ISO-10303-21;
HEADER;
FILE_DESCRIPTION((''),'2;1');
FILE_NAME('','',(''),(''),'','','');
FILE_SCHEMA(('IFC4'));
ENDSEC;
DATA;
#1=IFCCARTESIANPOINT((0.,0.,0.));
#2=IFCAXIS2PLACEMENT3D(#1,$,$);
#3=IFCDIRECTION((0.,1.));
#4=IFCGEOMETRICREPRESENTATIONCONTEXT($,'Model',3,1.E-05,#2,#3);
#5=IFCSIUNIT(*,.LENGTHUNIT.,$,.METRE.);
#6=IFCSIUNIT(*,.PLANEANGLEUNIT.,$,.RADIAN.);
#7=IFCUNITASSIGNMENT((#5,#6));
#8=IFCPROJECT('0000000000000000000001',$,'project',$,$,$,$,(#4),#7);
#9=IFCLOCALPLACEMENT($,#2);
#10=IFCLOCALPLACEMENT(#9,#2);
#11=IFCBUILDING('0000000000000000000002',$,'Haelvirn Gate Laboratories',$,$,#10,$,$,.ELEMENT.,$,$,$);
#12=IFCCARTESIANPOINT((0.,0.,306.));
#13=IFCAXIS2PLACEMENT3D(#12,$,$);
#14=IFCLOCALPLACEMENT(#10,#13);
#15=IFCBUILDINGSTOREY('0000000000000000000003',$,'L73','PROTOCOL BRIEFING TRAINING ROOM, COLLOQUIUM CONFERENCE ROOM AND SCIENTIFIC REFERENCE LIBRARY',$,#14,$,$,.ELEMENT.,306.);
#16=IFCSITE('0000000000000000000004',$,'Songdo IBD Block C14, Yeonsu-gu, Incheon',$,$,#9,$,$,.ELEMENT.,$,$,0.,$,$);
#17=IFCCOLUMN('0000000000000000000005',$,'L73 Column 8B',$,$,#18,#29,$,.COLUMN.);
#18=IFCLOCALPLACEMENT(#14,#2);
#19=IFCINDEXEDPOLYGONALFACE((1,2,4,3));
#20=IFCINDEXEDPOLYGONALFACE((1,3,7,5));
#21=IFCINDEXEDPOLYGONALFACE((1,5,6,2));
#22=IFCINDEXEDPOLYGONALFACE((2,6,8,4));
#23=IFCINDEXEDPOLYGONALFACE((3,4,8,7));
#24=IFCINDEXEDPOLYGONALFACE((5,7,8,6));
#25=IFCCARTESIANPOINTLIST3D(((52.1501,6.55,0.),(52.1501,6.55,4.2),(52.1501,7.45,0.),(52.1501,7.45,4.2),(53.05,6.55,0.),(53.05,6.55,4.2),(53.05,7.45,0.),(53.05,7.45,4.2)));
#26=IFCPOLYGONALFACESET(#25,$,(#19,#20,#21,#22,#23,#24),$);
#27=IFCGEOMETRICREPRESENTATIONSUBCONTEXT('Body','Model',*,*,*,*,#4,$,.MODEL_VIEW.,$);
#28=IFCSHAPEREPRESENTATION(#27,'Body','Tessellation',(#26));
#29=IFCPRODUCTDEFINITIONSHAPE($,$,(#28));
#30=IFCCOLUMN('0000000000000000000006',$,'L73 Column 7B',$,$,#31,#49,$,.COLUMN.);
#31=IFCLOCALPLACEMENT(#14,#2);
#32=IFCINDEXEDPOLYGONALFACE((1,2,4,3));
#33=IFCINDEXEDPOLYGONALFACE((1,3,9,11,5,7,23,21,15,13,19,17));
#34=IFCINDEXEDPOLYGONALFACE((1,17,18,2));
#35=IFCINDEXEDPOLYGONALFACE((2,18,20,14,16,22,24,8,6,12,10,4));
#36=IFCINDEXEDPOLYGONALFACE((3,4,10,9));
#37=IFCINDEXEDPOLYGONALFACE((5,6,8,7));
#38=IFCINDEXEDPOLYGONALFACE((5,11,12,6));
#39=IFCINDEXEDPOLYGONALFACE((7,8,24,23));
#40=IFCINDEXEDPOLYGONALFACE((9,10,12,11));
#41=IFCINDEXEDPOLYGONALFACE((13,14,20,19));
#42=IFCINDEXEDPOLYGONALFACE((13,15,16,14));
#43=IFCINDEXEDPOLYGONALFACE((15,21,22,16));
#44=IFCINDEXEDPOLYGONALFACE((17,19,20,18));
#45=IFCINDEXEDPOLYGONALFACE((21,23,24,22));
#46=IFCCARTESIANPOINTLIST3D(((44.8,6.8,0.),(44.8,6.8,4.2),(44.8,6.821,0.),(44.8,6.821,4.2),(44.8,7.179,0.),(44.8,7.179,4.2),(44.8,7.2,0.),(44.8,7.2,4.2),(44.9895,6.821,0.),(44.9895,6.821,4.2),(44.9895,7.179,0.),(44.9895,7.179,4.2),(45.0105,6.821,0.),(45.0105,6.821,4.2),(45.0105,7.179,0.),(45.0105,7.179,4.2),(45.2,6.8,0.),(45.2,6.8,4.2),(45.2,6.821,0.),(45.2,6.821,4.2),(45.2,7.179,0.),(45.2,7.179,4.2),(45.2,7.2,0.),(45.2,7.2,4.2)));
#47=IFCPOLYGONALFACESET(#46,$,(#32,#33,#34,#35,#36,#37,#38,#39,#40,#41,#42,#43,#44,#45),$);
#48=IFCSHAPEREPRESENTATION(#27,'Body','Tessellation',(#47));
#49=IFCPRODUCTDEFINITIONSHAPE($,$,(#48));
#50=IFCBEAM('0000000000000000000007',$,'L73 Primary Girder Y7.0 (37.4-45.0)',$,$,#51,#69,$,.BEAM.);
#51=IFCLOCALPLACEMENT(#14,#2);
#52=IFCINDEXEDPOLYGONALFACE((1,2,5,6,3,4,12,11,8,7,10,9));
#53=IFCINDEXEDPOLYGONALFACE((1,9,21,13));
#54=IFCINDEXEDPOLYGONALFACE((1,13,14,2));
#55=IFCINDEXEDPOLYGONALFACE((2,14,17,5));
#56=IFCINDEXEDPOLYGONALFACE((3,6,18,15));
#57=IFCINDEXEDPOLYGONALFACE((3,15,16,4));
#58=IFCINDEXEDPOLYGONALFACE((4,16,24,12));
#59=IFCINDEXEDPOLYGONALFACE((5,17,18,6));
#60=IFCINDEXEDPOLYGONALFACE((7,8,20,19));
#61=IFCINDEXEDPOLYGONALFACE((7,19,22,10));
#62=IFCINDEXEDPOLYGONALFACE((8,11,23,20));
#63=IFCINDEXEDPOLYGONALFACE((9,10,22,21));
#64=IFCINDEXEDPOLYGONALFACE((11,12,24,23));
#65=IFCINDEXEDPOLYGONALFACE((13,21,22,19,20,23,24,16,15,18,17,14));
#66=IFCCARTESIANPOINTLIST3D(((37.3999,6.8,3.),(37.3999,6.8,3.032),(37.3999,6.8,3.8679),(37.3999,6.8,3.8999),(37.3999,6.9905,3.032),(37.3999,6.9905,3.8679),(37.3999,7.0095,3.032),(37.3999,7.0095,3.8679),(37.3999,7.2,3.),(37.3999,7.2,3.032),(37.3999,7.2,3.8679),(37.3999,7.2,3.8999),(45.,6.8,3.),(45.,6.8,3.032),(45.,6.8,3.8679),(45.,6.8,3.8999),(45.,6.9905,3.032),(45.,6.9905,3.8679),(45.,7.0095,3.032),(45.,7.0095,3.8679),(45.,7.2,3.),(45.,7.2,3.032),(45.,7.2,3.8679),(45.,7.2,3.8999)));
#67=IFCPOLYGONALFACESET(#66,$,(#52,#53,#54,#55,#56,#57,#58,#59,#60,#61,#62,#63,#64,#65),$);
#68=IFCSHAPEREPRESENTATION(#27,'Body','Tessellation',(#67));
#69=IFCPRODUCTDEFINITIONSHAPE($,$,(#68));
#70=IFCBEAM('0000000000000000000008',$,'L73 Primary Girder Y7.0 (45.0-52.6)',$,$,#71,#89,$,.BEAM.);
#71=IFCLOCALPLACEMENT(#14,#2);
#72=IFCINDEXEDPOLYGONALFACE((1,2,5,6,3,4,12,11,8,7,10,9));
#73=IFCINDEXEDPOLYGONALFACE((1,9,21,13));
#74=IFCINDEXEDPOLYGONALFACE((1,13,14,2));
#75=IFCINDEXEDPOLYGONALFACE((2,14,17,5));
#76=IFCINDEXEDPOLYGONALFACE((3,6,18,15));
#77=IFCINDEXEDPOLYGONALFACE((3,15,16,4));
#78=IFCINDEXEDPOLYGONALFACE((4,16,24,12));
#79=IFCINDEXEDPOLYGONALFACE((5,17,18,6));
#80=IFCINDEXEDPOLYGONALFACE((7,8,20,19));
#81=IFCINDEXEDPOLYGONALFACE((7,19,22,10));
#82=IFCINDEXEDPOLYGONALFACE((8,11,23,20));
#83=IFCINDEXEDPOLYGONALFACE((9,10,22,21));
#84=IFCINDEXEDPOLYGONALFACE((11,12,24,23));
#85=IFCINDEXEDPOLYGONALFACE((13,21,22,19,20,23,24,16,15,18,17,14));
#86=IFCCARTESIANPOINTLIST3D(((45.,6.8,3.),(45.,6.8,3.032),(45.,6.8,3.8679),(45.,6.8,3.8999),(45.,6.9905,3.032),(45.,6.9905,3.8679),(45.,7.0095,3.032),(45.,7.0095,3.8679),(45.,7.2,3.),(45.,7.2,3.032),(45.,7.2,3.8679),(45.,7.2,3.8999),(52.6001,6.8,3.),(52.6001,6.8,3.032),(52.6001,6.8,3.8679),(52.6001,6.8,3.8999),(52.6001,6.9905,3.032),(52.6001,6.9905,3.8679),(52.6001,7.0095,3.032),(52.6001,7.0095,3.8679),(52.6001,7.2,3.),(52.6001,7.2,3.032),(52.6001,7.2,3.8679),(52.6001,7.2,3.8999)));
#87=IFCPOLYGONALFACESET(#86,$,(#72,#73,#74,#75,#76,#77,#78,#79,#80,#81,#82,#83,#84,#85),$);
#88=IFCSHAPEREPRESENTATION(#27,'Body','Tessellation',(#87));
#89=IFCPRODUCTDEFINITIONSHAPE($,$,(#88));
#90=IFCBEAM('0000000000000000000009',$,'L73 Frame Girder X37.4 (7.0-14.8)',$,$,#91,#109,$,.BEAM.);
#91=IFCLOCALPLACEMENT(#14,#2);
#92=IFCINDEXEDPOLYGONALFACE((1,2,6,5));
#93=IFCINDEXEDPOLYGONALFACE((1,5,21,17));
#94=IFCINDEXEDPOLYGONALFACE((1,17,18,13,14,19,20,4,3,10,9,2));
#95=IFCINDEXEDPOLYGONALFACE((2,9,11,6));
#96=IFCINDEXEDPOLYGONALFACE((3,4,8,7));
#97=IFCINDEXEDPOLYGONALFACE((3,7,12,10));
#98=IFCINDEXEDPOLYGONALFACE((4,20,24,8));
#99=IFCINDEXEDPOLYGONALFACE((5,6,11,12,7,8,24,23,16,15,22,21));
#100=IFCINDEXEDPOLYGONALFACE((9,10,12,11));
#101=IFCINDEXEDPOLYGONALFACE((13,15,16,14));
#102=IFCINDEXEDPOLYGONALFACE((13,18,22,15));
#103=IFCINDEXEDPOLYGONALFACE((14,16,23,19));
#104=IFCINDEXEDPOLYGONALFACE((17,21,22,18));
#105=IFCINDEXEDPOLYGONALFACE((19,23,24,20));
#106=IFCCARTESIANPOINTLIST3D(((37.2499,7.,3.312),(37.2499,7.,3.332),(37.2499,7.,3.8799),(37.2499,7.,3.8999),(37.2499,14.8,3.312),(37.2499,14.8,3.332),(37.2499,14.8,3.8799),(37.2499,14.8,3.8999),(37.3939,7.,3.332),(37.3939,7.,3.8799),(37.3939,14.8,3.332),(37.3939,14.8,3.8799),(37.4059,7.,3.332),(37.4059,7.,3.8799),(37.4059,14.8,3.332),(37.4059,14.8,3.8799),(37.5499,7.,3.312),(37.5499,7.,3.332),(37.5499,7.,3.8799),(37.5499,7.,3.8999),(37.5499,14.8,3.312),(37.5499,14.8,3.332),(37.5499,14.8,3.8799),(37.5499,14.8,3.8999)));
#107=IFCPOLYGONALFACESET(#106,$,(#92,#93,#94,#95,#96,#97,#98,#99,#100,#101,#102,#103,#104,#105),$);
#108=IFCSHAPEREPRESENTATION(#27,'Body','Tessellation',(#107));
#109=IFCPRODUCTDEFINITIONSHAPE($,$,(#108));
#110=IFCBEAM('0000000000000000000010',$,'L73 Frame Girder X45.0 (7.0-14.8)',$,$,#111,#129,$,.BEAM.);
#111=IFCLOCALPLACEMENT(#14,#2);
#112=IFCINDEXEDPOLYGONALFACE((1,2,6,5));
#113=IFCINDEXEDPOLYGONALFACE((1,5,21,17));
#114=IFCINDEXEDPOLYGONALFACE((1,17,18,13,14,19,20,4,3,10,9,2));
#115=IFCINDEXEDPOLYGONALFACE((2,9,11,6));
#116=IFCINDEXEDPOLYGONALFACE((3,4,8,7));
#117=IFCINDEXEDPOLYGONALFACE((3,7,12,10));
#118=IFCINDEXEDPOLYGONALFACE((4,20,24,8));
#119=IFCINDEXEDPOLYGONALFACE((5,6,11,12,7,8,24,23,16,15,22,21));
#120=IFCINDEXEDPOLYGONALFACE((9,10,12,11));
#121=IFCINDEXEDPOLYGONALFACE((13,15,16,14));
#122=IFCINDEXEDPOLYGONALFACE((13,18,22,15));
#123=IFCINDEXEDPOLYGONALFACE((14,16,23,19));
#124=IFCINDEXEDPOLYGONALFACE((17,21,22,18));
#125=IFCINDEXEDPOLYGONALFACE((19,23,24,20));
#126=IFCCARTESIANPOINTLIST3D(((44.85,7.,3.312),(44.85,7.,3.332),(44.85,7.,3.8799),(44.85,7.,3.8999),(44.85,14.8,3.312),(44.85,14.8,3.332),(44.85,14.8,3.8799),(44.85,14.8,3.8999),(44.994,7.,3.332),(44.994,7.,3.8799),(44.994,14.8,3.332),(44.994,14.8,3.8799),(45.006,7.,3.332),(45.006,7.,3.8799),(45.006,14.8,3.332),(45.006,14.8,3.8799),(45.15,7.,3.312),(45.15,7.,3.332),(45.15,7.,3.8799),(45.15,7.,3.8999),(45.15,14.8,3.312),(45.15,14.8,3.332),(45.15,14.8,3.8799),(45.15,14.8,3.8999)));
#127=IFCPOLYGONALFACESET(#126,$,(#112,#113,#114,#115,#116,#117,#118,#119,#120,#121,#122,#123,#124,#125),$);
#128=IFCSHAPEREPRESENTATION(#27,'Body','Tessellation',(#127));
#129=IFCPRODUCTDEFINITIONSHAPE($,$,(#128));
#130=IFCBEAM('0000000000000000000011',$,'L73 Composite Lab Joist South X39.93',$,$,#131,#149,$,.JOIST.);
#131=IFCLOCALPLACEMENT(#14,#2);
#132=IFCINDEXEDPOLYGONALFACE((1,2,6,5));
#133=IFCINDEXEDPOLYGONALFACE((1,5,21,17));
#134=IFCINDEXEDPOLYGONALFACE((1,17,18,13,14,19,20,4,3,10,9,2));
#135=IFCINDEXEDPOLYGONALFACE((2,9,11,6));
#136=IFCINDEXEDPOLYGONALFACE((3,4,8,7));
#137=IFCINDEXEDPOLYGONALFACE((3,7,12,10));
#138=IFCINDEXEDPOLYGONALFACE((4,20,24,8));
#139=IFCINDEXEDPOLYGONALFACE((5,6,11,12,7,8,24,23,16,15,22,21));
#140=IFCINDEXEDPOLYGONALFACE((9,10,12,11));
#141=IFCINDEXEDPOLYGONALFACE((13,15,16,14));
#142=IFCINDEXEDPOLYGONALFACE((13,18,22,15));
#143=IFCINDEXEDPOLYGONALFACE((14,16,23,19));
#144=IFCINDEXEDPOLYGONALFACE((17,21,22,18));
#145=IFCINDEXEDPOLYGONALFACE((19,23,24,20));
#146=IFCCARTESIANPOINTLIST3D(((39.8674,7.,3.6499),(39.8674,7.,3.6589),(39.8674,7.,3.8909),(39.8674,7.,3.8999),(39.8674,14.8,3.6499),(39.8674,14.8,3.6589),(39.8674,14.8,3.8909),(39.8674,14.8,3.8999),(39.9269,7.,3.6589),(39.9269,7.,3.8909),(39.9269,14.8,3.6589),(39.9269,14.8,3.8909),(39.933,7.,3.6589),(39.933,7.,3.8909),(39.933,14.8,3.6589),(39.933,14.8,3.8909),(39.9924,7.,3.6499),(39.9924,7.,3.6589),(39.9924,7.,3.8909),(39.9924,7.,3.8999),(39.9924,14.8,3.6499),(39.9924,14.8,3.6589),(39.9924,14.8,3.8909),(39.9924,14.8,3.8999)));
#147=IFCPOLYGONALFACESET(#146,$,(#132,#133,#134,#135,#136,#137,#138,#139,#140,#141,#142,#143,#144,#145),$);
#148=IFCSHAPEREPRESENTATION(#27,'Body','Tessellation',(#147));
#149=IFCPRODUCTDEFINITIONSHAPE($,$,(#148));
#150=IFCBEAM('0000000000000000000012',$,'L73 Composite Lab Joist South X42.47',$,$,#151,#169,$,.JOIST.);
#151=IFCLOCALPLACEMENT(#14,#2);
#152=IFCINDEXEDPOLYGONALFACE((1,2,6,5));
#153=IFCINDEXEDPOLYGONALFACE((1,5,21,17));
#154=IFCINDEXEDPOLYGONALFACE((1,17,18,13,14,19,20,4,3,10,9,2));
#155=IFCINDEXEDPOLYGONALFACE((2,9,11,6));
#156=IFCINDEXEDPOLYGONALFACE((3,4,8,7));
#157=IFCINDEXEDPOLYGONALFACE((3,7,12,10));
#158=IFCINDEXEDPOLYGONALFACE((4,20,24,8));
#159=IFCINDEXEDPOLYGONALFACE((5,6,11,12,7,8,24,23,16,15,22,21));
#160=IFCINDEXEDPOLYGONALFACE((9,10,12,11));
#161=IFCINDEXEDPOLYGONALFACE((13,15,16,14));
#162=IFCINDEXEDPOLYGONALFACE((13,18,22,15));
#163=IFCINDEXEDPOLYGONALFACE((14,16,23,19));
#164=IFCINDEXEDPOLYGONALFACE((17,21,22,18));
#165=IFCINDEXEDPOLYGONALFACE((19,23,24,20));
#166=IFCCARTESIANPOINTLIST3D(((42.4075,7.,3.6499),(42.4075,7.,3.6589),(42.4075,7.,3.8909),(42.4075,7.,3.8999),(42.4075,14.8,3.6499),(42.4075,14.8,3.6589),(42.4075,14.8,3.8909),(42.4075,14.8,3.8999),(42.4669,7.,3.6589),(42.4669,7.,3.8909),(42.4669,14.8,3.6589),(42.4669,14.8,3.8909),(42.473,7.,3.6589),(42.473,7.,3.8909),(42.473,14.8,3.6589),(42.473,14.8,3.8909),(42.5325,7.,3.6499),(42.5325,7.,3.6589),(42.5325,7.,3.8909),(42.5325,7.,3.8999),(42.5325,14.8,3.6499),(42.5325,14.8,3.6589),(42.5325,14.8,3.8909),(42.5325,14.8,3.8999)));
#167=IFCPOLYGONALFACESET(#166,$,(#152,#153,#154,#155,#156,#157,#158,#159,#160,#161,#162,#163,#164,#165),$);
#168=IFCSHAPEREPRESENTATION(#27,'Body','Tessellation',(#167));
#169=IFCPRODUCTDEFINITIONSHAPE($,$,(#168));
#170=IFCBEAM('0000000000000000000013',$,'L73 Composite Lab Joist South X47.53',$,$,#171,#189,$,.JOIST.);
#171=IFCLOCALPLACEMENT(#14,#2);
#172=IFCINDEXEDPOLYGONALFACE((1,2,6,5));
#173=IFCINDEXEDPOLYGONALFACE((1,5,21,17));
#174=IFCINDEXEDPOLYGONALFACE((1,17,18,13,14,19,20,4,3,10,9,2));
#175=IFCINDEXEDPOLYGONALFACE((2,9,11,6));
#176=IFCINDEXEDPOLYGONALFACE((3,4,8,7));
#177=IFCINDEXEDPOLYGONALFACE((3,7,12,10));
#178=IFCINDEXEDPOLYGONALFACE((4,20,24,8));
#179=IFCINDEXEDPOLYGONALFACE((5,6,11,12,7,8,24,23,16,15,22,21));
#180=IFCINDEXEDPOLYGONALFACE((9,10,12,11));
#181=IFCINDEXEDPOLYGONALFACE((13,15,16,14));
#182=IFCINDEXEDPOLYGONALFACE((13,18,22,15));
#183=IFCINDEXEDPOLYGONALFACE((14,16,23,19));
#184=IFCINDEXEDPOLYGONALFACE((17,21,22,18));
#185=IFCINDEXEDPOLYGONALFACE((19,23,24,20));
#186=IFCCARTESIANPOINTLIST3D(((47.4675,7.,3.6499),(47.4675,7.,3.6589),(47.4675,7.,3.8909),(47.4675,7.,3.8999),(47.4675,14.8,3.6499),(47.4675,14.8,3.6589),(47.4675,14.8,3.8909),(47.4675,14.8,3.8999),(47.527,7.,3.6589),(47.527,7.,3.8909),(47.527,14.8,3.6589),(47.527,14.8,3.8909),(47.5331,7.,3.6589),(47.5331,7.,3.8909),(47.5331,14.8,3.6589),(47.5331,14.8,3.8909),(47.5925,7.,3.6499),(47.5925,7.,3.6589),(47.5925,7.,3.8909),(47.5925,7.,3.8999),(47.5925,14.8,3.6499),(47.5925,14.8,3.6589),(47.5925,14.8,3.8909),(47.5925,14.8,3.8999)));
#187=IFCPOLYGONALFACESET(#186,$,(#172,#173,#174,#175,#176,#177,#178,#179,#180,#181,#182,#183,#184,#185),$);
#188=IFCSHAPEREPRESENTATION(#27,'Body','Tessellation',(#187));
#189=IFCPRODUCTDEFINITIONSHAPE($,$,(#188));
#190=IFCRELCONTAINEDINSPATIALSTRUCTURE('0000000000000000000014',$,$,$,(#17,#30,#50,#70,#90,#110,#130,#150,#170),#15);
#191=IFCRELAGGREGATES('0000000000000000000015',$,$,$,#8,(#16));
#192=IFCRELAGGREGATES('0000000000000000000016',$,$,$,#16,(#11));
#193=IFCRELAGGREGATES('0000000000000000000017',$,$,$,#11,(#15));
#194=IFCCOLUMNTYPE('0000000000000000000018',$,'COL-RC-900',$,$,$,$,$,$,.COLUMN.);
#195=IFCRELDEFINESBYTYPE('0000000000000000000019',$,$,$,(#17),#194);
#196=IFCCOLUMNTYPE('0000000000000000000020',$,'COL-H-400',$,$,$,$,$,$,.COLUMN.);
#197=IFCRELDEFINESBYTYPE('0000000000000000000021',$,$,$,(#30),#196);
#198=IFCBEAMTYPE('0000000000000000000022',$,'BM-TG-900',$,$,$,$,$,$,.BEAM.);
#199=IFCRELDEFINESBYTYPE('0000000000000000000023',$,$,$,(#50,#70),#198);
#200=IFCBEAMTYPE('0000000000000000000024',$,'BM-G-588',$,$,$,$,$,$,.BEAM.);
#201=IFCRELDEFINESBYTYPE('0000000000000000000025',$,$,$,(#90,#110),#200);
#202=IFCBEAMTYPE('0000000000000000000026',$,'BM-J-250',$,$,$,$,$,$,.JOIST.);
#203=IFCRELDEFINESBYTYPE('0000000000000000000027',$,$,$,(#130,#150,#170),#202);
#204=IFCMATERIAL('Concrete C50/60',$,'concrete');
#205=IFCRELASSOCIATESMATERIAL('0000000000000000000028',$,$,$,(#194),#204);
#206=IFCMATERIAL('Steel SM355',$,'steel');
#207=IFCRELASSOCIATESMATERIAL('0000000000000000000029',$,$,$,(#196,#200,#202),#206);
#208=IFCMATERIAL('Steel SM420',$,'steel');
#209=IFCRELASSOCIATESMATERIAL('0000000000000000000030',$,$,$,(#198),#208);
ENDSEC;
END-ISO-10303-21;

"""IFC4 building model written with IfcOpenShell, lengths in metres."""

from ifc_helpers import new_model, si_unit, direction, frame, origin, origin_2d, place, context, subcontext, project, spatial, rectangle, i_section, extrude, source, transform, mapped, material, material_profile, profile_set, type_object, type_shapes, element, save


model = new_model("IFC4")

# Units and contexts
model_context = context("Model", 3, precision=1e-05, world=origin(), true_north=direction((0.0, 1.0)))
body_context = subcontext(model_context, "Body", "Model", "MODEL_VIEW")
ifc_project = project(units=[si_unit("LENGTHUNIT", "METRE"), si_unit("PLANEANGLEUNIT", "RADIAN")], contexts=[model_context])

# Site, building, storey
site_placement = place(None, origin())
site = spatial("IfcSite", under=ifc_project, at=site_placement, Name="Songdo IBD Block C14, Yeonsu-gu, Incheon", CompositionType="ELEMENT", RefElevation=0.0)
building_placement = place(site_placement, origin())
building = spatial("IfcBuilding", under=site, at=building_placement, Name="Haelvirn Gate Laboratories", CompositionType="ELEMENT")
storey_placement = place(building_placement, frame((0.0, 0.0, 306.0)))
storey = spatial("IfcBuildingStorey", under=building, at=storey_placement, Name="L73", Description="PROTOCOL BRIEFING TRAINING ROOM, COLLOQUIUM CONFERENCE ROOM AND SCIENTIFIC REFERENCE LIBRARY", CompositionType="ELEMENT", Elevation=306.0)

# Columns
ifc_material_1 = material(Name="Concrete C50/60", Category="concrete")
ifc_material_profile_1 = material_profile(ifc_material_1, rectangle(XDim=0.8999, YDim=0.8999, at=origin_2d()), Name="RC-900x900")
ifc_profile_set_1 = profile_set([ifc_material_profile_1], Name="Concrete C50/60")
column_type_1 = type_object("IfcColumnType", Name="COL-RC-900", PredefinedType="COLUMN", material=ifc_profile_set_1)
shared_shape_1 = source(origin(), body_context, "Body", "SweptSolid", [
    extrude(rectangle(XDim=0.8999, YDim=0.8999, at=origin_2d()), origin(), (0.0, 0.0, 1.0), 4.2),
])
type_shapes(column_type_1, [shared_shape_1])
column_1_placement = place(storey_placement, frame((52.6001, 7.0, 0.0), z_axis=(0.0, 0.0, 1.0), x_axis=(1.0, 0.0, 0.0)))
element("IfcColumn", 1, at=column_1_placement, inside=storey, type_object=column_type_1, Name="L73 Column 8B", PredefinedType="COLUMN", context=body_context, shape_type="MappedRepresentation", body=[
    mapped(shared_shape_1, transform((0.0, 0.0, 0.0), scale=1.0)),
])
ifc_material_2 = material(Name="Steel SM355", Category="steel")
ifc_material_profile_2 = material_profile(ifc_material_2, i_section(OverallWidth=0.3999, OverallDepth=0.3999, WebThickness=0.021, FlangeThickness=0.021, at=origin_2d()), Name="H-400x400x21x21")
ifc_profile_set_2 = profile_set([ifc_material_profile_2], Name="Steel SM355")
column_type_2 = type_object("IfcColumnType", Name="COL-H-400", PredefinedType="COLUMN", material=ifc_profile_set_2)
shared_shape_2 = source(origin(), body_context, "Body", "SweptSolid", [
    extrude(i_section(OverallWidth=0.3999, OverallDepth=0.3999, WebThickness=0.021, FlangeThickness=0.021, at=origin_2d()), origin(), (0.0, 0.0, 1.0), 4.2),
])
type_shapes(column_type_2, [shared_shape_2])
column_2_placement = place(storey_placement, frame((45.0, 7.0, 0.0), z_axis=(0.0, 0.0, 1.0), x_axis=(1.0, 0.0, 0.0)))
element("IfcColumn", 2, at=column_2_placement, inside=storey, type_object=column_type_2, Name="L73 Column 7B", PredefinedType="COLUMN", context=body_context, shape_type="MappedRepresentation", body=[
    mapped(shared_shape_2, transform((0.0, 0.0, 0.0), scale=1.0)),
])

# Beams
ifc_material_3 = material(Name="Steel SM420", Category="steel")
ifc_material_profile_3 = material_profile(ifc_material_3, i_section(OverallWidth=0.3999, OverallDepth=0.8999, WebThickness=0.019, FlangeThickness=0.032, at=origin_2d()), Name="H-900x400x19x32")
ifc_profile_set_3 = profile_set([ifc_material_profile_3], Name="Steel SM420")
beam_type_1 = type_object("IfcBeamType", Name="BM-TG-900", PredefinedType="BEAM", material=ifc_profile_set_3)
shared_shape_3 = source(origin(), body_context, "Body", "SweptSolid", [
    extrude(i_section(OverallWidth=0.3999, OverallDepth=0.8999, WebThickness=0.019, FlangeThickness=0.032, at=origin_2d()), origin(), (0.0, 0.0, 1.0), 7.6001),
])
type_shapes(beam_type_1, [shared_shape_3])
for number, where, z_axis, x_axis, name in (
    (3, (37.3999, 7.0, 3.45), (1.0, 0.0, 0.0), (0.0, 1.0, 0.0), "L73 Primary Girder Y7.0 (37.4-45.0)"),
    (4, (45.0, 7.0, 3.45), (1.0, 0.0, 0.0), (0.0, 1.0, 0.0), "L73 Primary Girder Y7.0 (45.0-52.6)"),
):
    element("IfcBeam", number, at=place(storey_placement, frame(where, z_axis=z_axis, x_axis=x_axis)), inside=storey, type_object=beam_type_1, Name=name, PredefinedType="BEAM", context=body_context, shape_type="MappedRepresentation", body=[
        mapped(shared_shape_3, transform((0.0, 0.0, 0.0), scale=1.0)),
    ])
ifc_material_profile_4 = material_profile(ifc_material_2, i_section(OverallWidth=0.3, OverallDepth=0.5879, WebThickness=0.012, FlangeThickness=0.02, at=origin_2d()), Name="H-588x300x12x20")
ifc_profile_set_4 = profile_set([ifc_material_profile_4], Name="Steel SM355")
beam_type_2 = type_object("IfcBeamType", Name="BM-G-588", PredefinedType="BEAM", material=ifc_profile_set_4)
shared_shape_4 = source(origin(), body_context, "Body", "SweptSolid", [
    extrude(i_section(OverallWidth=0.3, OverallDepth=0.5879, WebThickness=0.012, FlangeThickness=0.02, at=origin_2d()), origin(), (0.0, 0.0, 1.0), 7.8),
])
type_shapes(beam_type_2, [shared_shape_4])
for number, where, z_axis, x_axis, name in (
    (5, (37.3999, 7.0, 3.606), (0.0, 1.0, 0.0), (-1.0, 0.0, 0.0), "L73 Frame Girder X37.4 (7.0-14.8)"),
    (6, (45.0, 7.0, 3.606), (0.0, 1.0, 0.0), (-1.0, 0.0, 0.0), "L73 Frame Girder X45.0 (7.0-14.8)"),
):
    element("IfcBeam", number, at=place(storey_placement, frame(where, z_axis=z_axis, x_axis=x_axis)), inside=storey, type_object=beam_type_2, Name=name, PredefinedType="BEAM", context=body_context, shape_type="MappedRepresentation", body=[
        mapped(shared_shape_4, transform((0.0, 0.0, 0.0), scale=1.0)),
    ])
ifc_material_profile_5 = material_profile(ifc_material_2, i_section(OverallWidth=0.125, OverallDepth=0.25, WebThickness=0.0061, FlangeThickness=0.009, at=origin_2d()), Name="H-250x125x6x9")
ifc_profile_set_5 = profile_set([ifc_material_profile_5], Name="Steel SM355")
beam_type_3 = type_object("IfcBeamType", Name="BM-J-250", PredefinedType="JOIST", material=ifc_profile_set_5)
shared_shape_5 = source(origin(), body_context, "Body", "SweptSolid", [
    extrude(i_section(OverallWidth=0.125, OverallDepth=0.25, WebThickness=0.0061, FlangeThickness=0.009, at=origin_2d()), origin(), (0.0, 0.0, 1.0), 7.8),
])
type_shapes(beam_type_3, [shared_shape_5])
for number, where, z_axis, x_axis, name in (
    (7, (39.9299, 7.0, 3.7749), (0.0, 1.0, 0.0), (-1.0, 0.0, 0.0), "L73 Composite Lab Joist South X39.93"),
    (8, (42.47, 7.0, 3.7749), (0.0, 1.0, 0.0), (-1.0, 0.0, 0.0), "L73 Composite Lab Joist South X42.47"),
    (9, (47.53, 7.0, 3.7749), (0.0, 1.0, 0.0), (-1.0, 0.0, 0.0), "L73 Composite Lab Joist South X47.53"),
):
    element("IfcBeam", number, at=place(storey_placement, frame(where, z_axis=z_axis, x_axis=x_axis)), inside=storey, type_object=beam_type_3, Name=name, PredefinedType="JOIST", context=body_context, shape_type="MappedRepresentation", body=[
        mapped(shared_shape_5, transform((0.0, 0.0, 0.0), scale=1.0)),
    ])

save(model, "model.ifc")
